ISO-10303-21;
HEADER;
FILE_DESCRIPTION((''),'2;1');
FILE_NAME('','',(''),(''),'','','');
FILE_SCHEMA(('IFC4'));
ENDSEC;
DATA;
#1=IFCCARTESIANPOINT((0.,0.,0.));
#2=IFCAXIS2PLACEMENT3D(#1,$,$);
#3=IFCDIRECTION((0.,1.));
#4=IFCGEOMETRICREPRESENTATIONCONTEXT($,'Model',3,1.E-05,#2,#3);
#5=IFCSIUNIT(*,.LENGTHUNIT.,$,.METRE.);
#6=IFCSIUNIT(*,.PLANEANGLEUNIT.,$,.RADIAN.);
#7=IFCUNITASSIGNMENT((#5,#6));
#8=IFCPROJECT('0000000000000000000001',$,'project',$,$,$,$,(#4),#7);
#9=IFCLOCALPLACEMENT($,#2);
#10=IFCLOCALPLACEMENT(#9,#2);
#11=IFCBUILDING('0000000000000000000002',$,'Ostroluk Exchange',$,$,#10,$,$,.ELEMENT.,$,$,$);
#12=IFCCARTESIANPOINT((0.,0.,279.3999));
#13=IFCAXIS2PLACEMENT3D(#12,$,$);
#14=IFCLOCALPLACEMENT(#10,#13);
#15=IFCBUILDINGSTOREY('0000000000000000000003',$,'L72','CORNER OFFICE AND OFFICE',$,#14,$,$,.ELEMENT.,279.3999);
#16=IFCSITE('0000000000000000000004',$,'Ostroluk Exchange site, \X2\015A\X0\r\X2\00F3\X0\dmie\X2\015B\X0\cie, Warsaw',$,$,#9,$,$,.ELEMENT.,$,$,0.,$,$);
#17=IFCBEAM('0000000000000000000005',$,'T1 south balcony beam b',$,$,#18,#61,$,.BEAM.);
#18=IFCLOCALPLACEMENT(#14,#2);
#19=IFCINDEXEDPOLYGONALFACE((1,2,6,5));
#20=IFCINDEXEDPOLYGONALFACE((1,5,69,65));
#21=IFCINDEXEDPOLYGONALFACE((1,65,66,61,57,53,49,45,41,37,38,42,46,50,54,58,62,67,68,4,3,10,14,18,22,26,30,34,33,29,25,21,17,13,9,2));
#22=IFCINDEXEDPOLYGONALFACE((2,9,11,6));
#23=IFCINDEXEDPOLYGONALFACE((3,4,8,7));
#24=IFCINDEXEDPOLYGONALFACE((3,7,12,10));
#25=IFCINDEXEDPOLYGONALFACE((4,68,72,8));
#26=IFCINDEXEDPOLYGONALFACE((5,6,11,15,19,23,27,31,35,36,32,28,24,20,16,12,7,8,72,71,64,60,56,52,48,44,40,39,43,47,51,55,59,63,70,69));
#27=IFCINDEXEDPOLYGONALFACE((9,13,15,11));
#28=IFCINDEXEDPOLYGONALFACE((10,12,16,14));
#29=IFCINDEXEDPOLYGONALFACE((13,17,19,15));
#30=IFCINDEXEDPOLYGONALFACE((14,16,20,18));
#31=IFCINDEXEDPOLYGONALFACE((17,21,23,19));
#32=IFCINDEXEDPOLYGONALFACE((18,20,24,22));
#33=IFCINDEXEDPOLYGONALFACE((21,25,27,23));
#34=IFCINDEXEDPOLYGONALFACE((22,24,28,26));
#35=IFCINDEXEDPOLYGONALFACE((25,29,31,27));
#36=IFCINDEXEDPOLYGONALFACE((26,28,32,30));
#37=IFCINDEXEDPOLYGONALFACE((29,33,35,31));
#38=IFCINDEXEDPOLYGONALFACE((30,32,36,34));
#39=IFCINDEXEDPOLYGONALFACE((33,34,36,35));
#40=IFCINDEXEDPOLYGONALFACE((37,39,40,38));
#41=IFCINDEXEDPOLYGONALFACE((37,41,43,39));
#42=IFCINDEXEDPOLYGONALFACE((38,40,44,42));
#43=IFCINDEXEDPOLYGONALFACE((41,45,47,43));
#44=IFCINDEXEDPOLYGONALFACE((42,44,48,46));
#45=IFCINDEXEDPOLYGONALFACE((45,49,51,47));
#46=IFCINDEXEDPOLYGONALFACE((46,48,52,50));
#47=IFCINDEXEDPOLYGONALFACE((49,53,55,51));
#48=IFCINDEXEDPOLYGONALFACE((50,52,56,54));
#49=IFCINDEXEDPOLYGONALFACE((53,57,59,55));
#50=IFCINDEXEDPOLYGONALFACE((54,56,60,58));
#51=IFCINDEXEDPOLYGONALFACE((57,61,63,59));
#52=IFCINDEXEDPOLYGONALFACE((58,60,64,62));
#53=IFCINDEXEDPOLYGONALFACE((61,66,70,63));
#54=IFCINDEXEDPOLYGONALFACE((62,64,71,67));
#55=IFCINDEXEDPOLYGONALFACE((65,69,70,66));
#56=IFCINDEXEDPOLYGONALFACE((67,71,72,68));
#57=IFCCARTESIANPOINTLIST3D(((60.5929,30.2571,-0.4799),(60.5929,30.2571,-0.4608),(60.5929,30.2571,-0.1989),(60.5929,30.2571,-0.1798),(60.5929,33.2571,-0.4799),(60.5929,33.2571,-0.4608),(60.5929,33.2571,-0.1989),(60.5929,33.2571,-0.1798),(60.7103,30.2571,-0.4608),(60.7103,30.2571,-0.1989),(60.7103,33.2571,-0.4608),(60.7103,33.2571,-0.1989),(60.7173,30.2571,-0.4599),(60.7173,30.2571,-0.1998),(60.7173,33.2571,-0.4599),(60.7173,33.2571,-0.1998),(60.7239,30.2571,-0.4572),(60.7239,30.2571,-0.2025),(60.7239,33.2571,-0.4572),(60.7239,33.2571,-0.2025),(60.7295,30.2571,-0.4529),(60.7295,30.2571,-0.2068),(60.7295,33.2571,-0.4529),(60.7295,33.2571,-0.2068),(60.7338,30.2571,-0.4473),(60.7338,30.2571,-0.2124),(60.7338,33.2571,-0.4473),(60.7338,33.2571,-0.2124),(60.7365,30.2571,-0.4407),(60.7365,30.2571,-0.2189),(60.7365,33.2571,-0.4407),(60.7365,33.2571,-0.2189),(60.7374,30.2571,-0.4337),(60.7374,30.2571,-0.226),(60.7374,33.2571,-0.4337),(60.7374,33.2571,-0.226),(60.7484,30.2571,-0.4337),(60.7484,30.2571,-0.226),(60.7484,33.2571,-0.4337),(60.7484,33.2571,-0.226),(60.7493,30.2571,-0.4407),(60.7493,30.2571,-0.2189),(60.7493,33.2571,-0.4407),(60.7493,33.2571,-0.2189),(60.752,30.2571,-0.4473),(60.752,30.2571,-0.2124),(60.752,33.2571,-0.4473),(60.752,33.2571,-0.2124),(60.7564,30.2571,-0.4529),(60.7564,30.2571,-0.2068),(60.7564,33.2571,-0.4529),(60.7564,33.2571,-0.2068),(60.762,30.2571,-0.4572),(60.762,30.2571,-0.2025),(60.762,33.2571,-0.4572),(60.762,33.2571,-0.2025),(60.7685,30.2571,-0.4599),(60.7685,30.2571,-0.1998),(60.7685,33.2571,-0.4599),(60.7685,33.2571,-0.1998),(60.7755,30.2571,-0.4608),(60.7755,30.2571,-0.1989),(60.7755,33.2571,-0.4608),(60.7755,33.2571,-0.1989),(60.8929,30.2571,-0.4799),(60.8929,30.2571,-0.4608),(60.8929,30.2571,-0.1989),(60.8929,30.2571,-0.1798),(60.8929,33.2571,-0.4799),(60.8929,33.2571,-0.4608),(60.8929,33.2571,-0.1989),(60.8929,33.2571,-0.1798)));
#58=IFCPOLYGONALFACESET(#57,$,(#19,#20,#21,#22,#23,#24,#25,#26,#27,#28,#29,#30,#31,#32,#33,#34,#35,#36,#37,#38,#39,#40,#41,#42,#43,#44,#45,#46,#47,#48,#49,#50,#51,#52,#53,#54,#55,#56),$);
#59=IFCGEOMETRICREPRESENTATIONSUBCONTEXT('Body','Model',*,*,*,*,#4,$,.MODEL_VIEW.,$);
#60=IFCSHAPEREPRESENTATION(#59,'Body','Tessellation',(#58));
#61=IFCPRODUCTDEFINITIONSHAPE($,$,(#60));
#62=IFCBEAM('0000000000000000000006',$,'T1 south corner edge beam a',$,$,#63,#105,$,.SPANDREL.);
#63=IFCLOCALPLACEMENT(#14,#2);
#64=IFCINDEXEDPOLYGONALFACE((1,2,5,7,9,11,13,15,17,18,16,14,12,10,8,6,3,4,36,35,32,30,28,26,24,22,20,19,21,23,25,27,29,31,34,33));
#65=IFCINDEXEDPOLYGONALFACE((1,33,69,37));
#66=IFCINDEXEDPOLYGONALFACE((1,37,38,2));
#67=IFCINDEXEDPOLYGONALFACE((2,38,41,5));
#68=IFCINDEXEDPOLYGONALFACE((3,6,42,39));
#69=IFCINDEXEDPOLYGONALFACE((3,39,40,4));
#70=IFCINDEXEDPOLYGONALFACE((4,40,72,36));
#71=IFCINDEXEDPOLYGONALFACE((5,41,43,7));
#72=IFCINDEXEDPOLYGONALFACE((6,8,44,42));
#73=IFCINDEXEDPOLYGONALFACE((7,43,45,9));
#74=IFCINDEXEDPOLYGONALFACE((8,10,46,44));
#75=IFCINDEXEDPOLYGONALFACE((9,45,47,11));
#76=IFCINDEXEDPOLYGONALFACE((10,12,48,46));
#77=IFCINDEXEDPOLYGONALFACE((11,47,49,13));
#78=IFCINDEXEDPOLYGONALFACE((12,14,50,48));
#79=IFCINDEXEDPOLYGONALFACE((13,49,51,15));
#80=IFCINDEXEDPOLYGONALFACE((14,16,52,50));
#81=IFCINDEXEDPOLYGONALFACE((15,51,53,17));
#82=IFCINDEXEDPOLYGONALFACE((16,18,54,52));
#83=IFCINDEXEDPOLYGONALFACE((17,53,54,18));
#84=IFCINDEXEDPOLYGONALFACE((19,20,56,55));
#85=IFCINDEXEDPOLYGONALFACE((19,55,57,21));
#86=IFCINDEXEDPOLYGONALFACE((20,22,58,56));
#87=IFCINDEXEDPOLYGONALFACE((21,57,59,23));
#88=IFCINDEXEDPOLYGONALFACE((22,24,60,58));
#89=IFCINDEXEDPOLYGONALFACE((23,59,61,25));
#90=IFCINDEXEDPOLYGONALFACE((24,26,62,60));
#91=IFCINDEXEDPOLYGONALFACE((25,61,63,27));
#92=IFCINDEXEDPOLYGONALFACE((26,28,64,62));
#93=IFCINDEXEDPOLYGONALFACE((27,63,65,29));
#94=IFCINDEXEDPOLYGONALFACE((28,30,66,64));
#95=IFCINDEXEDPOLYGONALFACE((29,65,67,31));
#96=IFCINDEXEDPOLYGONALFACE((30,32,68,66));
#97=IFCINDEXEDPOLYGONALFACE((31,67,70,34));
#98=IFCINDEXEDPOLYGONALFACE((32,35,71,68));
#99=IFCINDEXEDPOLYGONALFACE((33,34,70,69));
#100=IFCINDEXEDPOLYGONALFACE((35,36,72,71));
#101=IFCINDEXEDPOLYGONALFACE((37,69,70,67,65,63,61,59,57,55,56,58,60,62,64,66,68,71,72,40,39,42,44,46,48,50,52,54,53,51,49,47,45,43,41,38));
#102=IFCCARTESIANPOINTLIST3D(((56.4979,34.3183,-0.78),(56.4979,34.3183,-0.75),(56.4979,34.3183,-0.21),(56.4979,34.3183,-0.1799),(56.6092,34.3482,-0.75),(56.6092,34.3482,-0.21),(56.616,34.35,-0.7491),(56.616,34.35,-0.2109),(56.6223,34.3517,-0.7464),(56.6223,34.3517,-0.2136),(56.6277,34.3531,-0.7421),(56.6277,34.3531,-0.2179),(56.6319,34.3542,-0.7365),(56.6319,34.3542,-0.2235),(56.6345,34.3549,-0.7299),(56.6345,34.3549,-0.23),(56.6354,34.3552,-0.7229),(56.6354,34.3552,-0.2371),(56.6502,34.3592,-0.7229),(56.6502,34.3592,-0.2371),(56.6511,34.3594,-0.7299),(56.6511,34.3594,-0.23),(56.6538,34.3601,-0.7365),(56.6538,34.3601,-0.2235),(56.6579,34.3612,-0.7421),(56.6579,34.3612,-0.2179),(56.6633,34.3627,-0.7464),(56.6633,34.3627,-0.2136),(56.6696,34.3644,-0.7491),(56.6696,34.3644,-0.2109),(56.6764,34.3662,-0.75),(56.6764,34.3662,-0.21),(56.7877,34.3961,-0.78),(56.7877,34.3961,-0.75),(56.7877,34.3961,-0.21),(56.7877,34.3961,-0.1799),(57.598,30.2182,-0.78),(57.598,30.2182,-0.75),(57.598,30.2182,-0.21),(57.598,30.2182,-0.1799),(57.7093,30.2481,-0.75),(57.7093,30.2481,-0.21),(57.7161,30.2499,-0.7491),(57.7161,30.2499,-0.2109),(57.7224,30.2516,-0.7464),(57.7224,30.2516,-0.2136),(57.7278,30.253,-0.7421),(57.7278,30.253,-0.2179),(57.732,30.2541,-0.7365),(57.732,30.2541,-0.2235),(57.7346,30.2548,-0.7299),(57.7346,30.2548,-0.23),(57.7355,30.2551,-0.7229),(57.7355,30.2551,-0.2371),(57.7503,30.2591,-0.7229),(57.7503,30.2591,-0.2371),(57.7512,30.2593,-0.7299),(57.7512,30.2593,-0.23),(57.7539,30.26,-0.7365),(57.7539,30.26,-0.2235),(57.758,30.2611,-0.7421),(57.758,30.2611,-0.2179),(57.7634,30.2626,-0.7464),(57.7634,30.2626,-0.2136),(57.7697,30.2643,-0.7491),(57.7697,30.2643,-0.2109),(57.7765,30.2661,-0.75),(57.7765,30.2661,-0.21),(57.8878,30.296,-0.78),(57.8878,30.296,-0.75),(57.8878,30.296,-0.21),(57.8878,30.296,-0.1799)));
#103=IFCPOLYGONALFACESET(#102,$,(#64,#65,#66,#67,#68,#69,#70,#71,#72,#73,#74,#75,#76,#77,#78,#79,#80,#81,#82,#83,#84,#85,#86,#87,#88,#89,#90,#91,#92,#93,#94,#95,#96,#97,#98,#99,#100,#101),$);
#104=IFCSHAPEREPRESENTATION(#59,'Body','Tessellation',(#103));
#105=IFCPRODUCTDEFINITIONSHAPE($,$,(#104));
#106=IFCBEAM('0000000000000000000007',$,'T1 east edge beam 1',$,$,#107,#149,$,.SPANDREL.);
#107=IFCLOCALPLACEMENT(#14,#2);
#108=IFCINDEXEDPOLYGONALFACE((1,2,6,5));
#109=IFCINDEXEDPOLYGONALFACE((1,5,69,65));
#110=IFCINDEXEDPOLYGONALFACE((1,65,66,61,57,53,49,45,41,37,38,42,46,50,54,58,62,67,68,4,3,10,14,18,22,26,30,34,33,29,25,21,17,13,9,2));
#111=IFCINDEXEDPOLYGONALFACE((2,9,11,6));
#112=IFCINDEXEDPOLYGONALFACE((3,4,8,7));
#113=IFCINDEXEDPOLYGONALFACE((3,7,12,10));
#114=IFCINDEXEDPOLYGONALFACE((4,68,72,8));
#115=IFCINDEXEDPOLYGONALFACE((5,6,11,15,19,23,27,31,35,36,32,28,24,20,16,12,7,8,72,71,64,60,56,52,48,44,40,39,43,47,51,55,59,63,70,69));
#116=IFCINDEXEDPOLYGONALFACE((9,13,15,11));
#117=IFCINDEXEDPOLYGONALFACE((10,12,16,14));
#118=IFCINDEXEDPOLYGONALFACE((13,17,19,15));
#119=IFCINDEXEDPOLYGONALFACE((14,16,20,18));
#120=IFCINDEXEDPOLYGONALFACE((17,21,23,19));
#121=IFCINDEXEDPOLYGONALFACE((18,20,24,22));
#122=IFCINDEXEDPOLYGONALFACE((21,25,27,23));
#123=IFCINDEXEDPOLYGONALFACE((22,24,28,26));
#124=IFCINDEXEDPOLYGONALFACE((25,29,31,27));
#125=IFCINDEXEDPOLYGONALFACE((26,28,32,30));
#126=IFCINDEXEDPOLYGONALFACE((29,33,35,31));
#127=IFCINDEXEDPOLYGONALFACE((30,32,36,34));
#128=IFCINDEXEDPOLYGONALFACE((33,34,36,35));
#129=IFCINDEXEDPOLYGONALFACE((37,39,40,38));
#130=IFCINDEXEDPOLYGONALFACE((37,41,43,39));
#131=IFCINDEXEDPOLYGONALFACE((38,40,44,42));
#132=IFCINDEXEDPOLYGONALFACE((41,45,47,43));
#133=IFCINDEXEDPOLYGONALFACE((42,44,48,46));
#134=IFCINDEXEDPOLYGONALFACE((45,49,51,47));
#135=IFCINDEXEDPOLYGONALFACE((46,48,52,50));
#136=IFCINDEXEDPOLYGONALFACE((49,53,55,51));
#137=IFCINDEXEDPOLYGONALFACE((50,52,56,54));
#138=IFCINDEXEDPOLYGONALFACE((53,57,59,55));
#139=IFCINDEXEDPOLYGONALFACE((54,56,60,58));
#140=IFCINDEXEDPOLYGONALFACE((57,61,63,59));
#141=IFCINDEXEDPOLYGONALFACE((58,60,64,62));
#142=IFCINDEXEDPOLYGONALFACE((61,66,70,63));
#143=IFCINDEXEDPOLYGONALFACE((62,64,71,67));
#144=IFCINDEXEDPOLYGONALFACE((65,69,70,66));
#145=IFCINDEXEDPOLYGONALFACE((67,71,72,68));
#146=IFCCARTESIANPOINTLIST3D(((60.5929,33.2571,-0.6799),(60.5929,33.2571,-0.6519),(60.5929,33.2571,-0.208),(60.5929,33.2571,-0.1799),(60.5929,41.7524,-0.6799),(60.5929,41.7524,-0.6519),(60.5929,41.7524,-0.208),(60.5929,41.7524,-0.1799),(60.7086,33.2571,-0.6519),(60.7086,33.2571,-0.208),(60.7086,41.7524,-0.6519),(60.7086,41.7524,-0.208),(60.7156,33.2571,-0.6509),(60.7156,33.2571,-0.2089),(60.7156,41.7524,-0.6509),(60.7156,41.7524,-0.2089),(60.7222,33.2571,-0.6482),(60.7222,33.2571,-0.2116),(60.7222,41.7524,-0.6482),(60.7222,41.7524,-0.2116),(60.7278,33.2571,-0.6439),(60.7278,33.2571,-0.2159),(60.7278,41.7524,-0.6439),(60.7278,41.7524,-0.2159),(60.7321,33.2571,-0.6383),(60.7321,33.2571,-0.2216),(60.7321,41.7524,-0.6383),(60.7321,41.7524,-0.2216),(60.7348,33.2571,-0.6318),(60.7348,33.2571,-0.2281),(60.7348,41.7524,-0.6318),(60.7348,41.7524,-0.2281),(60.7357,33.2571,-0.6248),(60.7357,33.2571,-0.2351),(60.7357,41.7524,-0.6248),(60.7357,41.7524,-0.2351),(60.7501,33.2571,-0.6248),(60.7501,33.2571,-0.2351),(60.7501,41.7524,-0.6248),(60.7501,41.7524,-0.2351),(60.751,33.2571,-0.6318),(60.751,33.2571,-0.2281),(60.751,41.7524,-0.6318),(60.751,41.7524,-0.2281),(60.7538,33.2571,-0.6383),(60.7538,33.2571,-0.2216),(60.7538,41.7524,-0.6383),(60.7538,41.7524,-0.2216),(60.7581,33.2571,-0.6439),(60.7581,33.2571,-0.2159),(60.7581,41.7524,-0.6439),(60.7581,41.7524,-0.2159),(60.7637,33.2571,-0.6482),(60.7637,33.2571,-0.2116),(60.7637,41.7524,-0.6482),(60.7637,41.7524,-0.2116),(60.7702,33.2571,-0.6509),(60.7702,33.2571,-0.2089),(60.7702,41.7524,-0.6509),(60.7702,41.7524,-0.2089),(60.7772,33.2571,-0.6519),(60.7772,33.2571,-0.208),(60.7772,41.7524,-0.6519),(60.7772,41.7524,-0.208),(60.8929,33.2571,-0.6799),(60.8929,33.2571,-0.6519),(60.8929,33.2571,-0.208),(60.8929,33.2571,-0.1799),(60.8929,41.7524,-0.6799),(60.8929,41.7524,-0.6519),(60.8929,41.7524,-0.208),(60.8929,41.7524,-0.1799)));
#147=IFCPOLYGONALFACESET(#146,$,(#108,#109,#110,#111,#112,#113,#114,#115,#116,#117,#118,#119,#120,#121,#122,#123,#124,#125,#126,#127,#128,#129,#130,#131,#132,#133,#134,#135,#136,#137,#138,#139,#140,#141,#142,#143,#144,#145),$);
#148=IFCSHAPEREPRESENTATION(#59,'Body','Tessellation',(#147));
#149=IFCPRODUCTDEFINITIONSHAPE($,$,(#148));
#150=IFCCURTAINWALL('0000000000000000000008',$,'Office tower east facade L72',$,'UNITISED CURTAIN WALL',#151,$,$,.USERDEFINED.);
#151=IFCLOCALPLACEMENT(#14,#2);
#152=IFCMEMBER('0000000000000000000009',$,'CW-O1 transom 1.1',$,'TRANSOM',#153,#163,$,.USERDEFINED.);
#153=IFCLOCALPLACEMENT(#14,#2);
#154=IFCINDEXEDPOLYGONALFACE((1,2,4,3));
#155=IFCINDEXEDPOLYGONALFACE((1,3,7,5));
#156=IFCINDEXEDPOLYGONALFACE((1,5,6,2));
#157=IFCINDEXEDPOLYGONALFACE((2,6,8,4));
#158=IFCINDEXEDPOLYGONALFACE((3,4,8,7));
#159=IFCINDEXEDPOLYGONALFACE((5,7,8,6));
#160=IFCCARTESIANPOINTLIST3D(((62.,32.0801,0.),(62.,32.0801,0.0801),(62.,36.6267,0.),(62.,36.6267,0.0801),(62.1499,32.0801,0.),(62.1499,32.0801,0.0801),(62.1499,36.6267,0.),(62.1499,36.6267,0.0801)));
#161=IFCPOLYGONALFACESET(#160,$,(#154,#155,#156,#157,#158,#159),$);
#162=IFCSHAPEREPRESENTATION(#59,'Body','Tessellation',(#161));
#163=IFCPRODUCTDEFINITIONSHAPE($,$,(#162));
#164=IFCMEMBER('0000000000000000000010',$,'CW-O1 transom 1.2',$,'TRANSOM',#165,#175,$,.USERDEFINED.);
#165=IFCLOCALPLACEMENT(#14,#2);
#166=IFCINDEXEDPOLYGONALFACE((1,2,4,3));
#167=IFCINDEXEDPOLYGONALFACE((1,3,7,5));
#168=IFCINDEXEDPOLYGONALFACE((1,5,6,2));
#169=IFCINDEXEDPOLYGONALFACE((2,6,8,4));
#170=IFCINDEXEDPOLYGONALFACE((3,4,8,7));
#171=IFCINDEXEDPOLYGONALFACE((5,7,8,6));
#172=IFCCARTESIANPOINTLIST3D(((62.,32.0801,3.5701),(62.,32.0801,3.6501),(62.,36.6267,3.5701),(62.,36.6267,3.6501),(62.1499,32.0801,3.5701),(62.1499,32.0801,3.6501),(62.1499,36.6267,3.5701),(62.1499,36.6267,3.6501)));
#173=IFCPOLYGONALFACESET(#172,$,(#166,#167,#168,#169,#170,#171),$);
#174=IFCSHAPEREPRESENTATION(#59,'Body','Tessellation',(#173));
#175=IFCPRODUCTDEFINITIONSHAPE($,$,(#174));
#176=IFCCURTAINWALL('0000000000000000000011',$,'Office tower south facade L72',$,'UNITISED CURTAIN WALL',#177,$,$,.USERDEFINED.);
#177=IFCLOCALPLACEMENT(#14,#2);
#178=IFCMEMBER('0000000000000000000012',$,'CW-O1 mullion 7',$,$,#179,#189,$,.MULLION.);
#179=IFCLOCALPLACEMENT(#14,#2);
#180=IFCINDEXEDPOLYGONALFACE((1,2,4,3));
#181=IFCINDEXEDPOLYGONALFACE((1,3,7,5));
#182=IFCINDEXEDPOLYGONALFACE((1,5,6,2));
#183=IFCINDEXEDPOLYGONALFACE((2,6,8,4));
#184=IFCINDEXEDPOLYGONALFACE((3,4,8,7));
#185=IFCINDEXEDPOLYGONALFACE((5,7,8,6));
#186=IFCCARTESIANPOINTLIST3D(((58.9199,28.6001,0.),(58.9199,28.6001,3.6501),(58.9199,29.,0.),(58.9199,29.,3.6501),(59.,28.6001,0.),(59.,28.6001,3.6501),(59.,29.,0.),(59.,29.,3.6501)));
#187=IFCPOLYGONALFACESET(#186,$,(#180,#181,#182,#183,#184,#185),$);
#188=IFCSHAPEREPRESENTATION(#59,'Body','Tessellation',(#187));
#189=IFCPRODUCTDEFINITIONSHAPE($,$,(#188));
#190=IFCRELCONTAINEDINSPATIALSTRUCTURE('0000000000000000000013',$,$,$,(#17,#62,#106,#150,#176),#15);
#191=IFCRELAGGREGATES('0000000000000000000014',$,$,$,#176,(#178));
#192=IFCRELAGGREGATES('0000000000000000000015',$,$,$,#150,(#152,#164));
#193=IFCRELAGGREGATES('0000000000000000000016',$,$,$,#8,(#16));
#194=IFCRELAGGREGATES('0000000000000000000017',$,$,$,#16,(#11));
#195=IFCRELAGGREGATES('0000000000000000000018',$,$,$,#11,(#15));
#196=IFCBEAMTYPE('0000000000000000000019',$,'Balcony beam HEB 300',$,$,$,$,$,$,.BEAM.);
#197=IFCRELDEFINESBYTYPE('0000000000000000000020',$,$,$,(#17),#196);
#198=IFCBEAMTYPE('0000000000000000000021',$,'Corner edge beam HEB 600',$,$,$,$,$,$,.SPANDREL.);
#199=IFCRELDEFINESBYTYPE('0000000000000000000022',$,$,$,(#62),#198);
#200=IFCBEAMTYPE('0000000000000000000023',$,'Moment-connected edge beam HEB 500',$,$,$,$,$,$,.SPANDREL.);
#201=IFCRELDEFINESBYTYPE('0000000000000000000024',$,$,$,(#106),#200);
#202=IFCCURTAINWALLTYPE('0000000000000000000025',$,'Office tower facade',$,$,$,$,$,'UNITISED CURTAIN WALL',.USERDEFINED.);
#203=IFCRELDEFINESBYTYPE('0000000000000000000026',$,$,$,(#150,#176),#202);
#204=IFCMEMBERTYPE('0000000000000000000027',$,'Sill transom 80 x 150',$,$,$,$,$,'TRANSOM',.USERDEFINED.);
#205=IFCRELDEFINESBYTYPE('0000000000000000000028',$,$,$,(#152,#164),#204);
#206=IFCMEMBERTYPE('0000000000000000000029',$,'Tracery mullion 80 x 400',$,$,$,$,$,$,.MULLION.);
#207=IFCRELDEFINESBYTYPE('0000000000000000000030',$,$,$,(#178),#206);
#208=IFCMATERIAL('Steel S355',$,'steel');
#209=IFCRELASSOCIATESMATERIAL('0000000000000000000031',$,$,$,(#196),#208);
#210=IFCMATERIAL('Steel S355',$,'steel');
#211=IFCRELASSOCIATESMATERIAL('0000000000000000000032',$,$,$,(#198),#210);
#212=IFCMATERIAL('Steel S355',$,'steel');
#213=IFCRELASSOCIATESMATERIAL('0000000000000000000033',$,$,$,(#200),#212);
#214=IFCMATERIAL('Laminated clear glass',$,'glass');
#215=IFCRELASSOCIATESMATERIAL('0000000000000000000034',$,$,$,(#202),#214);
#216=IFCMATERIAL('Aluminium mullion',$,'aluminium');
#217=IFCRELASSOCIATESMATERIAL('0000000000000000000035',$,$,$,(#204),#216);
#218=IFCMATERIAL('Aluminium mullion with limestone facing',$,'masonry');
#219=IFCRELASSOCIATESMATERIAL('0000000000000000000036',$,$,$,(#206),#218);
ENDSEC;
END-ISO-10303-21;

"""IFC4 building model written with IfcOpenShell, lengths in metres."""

from ifc_helpers import new_model, si_unit, direction, frame, origin, origin_2d, place, context, subcontext, project, spatial, rectangle, i_section, extrude, material, material_profile, profile_set, type_object, element, aggregate, save


model = new_model("IFC4")

# Units and contexts
model_context = context("Model", 3, precision=1e-05, world=origin(), true_north=direction((0.0, 1.0)))
body_context = subcontext(model_context, "Body", "Model", "MODEL_VIEW")
ifc_project = project(units=[si_unit("LENGTHUNIT", "METRE"), si_unit("PLANEANGLEUNIT", "RADIAN")], contexts=[model_context])

# Site, building, storey
site_placement = place(None, origin())
site = spatial("IfcSite", under=ifc_project, at=site_placement, Name="Ostroluk Exchange site, Śródmieście, Warsaw", CompositionType="ELEMENT", RefElevation=0.0)
building_placement = place(site_placement, origin())
building = spatial("IfcBuilding", under=site, at=building_placement, Name="Ostroluk Exchange", CompositionType="ELEMENT")
storey_placement = place(building_placement, frame((0.0, 0.0, 279.3999)))
storey = spatial("IfcBuildingStorey", under=building, at=storey_placement, Name="L72", Description="CORNER OFFICE AND OFFICE", CompositionType="ELEMENT", Elevation=279.3999)

# Beams
ifc_material_1 = material(Name="Steel S355", Category="steel")
ifc_material_profile_1 = material_profile(ifc_material_1, i_section(OverallWidth=0.3, OverallDepth=0.3, WebThickness=0.011, FlangeThickness=0.019, FilletRadius=0.0271, at=origin_2d()), Name="HEB 300")
ifc_profile_set_1 = profile_set([ifc_material_profile_1], Name="Steel S355")
beam_type_1 = type_object("IfcBeamType", Name="Balcony beam HEB 300", PredefinedType="BEAM", material=ifc_profile_set_1)
for number, where, z_axis, x_axis, name in (
    (1, (60.7429, 33.2571, -0.3298), (0.0, -1.0, 0.0), (1.0, 0.0, 0.0), "T1 south balcony beam b"),
):
    element("IfcBeam", number, at=place(storey_placement, frame(where, z_axis=z_axis, x_axis=x_axis)), inside=storey, type_object=beam_type_1, Name=name, PredefinedType="BEAM", context=body_context, shape_type="SweptSolid", body=[
        extrude(i_section(OverallWidth=0.3, OverallDepth=0.3, WebThickness=0.011, FlangeThickness=0.019, FilletRadius=0.0271, at=origin_2d()), origin(), (0.0, 0.0, 1.0), 3.0),
    ])
ifc_material_2 = material(Name="Steel S355", Category="steel")
ifc_material_profile_2 = material_profile(ifc_material_2, i_section(OverallWidth=0.3, OverallDepth=0.6001, WebThickness=0.0154, FlangeThickness=0.03, FilletRadius=0.0271, at=origin_2d()), Name="HEB 600")
ifc_profile_set_2 = profile_set([ifc_material_profile_2], Name="Steel S355")
beam_type_2 = type_object("IfcBeamType", Name="Corner edge beam HEB 600", PredefinedType="SPANDREL", material=ifc_profile_set_2)
beam_1_placement = place(storey_placement, frame((56.6428, 34.3572, -0.48), z_axis=(0.259144, -0.965839, 0.0), x_axis=(0.965839, 0.259144, 0.0)))
element("IfcBeam", 2, at=beam_1_placement, inside=storey, type_object=beam_type_2, Name="T1 south corner edge beam a", PredefinedType="SPANDREL", context=body_context, shape_type="SweptSolid", body=[
    extrude(i_section(OverallWidth=0.3, OverallDepth=0.6001, WebThickness=0.0154, FlangeThickness=0.03, FilletRadius=0.0271, at=origin_2d()), origin(), (0.0, 0.0, 1.0), 4.2451),
])
ifc_material_3 = material(Name="Steel S355", Category="steel")
ifc_material_profile_3 = material_profile(ifc_material_3, i_section(OverallWidth=0.3, OverallDepth=0.5, WebThickness=0.0144, FlangeThickness=0.0281, FilletRadius=0.0271, at=origin_2d()), Name="HEB 500")
ifc_profile_set_3 = profile_set([ifc_material_profile_3], Name="Steel S355")
beam_type_3 = type_object("IfcBeamType", Name="Moment-connected edge beam HEB 500", PredefinedType="SPANDREL", material=ifc_profile_set_3)
beam_2_placement = place(storey_placement, frame((60.7429, 33.2571, -0.4299), z_axis=(0.0, 1.0, 0.0), x_axis=(-1.0, 0.0, 0.0)))
element("IfcBeam", 3, at=beam_2_placement, inside=storey, type_object=beam_type_3, Name="T1 east edge beam 1", PredefinedType="SPANDREL", context=body_context, shape_type="SweptSolid", body=[
    extrude(i_section(OverallWidth=0.3, OverallDepth=0.5, WebThickness=0.0144, FlangeThickness=0.0281, FilletRadius=0.0271, at=origin_2d()), origin(), (0.0, 0.0, 1.0), 8.4954),
])

# Curtain wall, members
ifc_material_4 = material(Name="Laminated clear glass", Category="glass")
curtain_wall_type = type_object("IfcCurtainWallType", Name="Office tower facade", ElementType="UNITISED CURTAIN WALL", PredefinedType="USERDEFINED", material=ifc_material_4)
curtain_wall_1_placement = place(storey_placement, origin())
curtain_wall_1 = element("IfcCurtainWall", 4, at=curtain_wall_1_placement, inside=storey, type_object=curtain_wall_type, Name="Office tower east facade L72", ObjectType="UNITISED CURTAIN WALL", PredefinedType="USERDEFINED")
ifc_material_5 = material(Name="Aluminium mullion", Category="aluminium")
ifc_material_profile_4 = material_profile(ifc_material_5, rectangle(XDim=0.1499, YDim=0.0801, at=origin_2d()), Name="Sill transom 80 x 150")
ifc_profile_set_4 = profile_set([ifc_material_profile_4], Name="Aluminium mullion")
member_type_1 = type_object("IfcMemberType", Name="Sill transom 80 x 150", ElementType="TRANSOM", PredefinedType="USERDEFINED", material=ifc_profile_set_4)
member_1_placement = place(storey_placement, frame((62.075, 32.0801, 0.04), z_axis=(0.0, 1.0, 0.0), x_axis=(-1.0, 0.0, 0.0)))
member_1 = element("IfcMember", 5, at=member_1_placement, type_object=member_type_1, Name="CW-O1 transom 1.1", ObjectType="TRANSOM", PredefinedType="USERDEFINED", context=body_context, shape_type="SweptSolid", body=[
    extrude(rectangle(XDim=0.1499, YDim=0.0801, at=origin_2d()), origin(), (0.0, 0.0, 1.0), 4.5466),
])
member_2_placement = place(storey_placement, frame((62.075, 32.0801, 3.6101), z_axis=(0.0, 1.0, 0.0), x_axis=(-1.0, 0.0, 0.0)))
member_2 = element("IfcMember", 6, at=member_2_placement, type_object=member_type_1, Name="CW-O1 transom 1.2", ObjectType="TRANSOM", PredefinedType="USERDEFINED", context=body_context, shape_type="SweptSolid", body=[
    extrude(rectangle(XDim=0.1499, YDim=0.0801, at=origin_2d()), origin(), (0.0, 0.0, 1.0), 4.5466),
])

# Curtain wall, member
curtain_wall_2_placement = place(storey_placement, origin())
curtain_wall_2 = element("IfcCurtainWall", 7, at=curtain_wall_2_placement, inside=storey, type_object=curtain_wall_type, Name="Office tower south facade L72", ObjectType="UNITISED CURTAIN WALL", PredefinedType="USERDEFINED")
ifc_material_6 = material(Name="Aluminium mullion with limestone facing", Category="masonry")
ifc_material_profile_5 = material_profile(ifc_material_6, rectangle(XDim=0.3999, YDim=0.0801, at=origin_2d()), Name="Tracery mullion 80 x 400")
ifc_profile_set_5 = profile_set([ifc_material_profile_5], Name="Aluminium mullion with limestone facing")
member_type_2 = type_object("IfcMemberType", Name="Tracery mullion 80 x 400", PredefinedType="MULLION", material=ifc_profile_set_5)
member_3_placement = place(storey_placement, frame((58.96, 28.8, 0.0), z_axis=(0.0, 0.0, 1.0), x_axis=(0.0, 1.0, 0.0)))
member_3 = element("IfcMember", 8, at=member_3_placement, type_object=member_type_2, Name="CW-O1 mullion 7", PredefinedType="MULLION", context=body_context, shape_type="SweptSolid", body=[
    extrude(rectangle(XDim=0.3999, YDim=0.0801, at=origin_2d()), origin(), (0.0, 0.0, 1.0), 3.6501),
])

aggregate(curtain_wall_2, [member_3])
aggregate(curtain_wall_1, [member_1, member_2])

save(model, "model.ifc")
